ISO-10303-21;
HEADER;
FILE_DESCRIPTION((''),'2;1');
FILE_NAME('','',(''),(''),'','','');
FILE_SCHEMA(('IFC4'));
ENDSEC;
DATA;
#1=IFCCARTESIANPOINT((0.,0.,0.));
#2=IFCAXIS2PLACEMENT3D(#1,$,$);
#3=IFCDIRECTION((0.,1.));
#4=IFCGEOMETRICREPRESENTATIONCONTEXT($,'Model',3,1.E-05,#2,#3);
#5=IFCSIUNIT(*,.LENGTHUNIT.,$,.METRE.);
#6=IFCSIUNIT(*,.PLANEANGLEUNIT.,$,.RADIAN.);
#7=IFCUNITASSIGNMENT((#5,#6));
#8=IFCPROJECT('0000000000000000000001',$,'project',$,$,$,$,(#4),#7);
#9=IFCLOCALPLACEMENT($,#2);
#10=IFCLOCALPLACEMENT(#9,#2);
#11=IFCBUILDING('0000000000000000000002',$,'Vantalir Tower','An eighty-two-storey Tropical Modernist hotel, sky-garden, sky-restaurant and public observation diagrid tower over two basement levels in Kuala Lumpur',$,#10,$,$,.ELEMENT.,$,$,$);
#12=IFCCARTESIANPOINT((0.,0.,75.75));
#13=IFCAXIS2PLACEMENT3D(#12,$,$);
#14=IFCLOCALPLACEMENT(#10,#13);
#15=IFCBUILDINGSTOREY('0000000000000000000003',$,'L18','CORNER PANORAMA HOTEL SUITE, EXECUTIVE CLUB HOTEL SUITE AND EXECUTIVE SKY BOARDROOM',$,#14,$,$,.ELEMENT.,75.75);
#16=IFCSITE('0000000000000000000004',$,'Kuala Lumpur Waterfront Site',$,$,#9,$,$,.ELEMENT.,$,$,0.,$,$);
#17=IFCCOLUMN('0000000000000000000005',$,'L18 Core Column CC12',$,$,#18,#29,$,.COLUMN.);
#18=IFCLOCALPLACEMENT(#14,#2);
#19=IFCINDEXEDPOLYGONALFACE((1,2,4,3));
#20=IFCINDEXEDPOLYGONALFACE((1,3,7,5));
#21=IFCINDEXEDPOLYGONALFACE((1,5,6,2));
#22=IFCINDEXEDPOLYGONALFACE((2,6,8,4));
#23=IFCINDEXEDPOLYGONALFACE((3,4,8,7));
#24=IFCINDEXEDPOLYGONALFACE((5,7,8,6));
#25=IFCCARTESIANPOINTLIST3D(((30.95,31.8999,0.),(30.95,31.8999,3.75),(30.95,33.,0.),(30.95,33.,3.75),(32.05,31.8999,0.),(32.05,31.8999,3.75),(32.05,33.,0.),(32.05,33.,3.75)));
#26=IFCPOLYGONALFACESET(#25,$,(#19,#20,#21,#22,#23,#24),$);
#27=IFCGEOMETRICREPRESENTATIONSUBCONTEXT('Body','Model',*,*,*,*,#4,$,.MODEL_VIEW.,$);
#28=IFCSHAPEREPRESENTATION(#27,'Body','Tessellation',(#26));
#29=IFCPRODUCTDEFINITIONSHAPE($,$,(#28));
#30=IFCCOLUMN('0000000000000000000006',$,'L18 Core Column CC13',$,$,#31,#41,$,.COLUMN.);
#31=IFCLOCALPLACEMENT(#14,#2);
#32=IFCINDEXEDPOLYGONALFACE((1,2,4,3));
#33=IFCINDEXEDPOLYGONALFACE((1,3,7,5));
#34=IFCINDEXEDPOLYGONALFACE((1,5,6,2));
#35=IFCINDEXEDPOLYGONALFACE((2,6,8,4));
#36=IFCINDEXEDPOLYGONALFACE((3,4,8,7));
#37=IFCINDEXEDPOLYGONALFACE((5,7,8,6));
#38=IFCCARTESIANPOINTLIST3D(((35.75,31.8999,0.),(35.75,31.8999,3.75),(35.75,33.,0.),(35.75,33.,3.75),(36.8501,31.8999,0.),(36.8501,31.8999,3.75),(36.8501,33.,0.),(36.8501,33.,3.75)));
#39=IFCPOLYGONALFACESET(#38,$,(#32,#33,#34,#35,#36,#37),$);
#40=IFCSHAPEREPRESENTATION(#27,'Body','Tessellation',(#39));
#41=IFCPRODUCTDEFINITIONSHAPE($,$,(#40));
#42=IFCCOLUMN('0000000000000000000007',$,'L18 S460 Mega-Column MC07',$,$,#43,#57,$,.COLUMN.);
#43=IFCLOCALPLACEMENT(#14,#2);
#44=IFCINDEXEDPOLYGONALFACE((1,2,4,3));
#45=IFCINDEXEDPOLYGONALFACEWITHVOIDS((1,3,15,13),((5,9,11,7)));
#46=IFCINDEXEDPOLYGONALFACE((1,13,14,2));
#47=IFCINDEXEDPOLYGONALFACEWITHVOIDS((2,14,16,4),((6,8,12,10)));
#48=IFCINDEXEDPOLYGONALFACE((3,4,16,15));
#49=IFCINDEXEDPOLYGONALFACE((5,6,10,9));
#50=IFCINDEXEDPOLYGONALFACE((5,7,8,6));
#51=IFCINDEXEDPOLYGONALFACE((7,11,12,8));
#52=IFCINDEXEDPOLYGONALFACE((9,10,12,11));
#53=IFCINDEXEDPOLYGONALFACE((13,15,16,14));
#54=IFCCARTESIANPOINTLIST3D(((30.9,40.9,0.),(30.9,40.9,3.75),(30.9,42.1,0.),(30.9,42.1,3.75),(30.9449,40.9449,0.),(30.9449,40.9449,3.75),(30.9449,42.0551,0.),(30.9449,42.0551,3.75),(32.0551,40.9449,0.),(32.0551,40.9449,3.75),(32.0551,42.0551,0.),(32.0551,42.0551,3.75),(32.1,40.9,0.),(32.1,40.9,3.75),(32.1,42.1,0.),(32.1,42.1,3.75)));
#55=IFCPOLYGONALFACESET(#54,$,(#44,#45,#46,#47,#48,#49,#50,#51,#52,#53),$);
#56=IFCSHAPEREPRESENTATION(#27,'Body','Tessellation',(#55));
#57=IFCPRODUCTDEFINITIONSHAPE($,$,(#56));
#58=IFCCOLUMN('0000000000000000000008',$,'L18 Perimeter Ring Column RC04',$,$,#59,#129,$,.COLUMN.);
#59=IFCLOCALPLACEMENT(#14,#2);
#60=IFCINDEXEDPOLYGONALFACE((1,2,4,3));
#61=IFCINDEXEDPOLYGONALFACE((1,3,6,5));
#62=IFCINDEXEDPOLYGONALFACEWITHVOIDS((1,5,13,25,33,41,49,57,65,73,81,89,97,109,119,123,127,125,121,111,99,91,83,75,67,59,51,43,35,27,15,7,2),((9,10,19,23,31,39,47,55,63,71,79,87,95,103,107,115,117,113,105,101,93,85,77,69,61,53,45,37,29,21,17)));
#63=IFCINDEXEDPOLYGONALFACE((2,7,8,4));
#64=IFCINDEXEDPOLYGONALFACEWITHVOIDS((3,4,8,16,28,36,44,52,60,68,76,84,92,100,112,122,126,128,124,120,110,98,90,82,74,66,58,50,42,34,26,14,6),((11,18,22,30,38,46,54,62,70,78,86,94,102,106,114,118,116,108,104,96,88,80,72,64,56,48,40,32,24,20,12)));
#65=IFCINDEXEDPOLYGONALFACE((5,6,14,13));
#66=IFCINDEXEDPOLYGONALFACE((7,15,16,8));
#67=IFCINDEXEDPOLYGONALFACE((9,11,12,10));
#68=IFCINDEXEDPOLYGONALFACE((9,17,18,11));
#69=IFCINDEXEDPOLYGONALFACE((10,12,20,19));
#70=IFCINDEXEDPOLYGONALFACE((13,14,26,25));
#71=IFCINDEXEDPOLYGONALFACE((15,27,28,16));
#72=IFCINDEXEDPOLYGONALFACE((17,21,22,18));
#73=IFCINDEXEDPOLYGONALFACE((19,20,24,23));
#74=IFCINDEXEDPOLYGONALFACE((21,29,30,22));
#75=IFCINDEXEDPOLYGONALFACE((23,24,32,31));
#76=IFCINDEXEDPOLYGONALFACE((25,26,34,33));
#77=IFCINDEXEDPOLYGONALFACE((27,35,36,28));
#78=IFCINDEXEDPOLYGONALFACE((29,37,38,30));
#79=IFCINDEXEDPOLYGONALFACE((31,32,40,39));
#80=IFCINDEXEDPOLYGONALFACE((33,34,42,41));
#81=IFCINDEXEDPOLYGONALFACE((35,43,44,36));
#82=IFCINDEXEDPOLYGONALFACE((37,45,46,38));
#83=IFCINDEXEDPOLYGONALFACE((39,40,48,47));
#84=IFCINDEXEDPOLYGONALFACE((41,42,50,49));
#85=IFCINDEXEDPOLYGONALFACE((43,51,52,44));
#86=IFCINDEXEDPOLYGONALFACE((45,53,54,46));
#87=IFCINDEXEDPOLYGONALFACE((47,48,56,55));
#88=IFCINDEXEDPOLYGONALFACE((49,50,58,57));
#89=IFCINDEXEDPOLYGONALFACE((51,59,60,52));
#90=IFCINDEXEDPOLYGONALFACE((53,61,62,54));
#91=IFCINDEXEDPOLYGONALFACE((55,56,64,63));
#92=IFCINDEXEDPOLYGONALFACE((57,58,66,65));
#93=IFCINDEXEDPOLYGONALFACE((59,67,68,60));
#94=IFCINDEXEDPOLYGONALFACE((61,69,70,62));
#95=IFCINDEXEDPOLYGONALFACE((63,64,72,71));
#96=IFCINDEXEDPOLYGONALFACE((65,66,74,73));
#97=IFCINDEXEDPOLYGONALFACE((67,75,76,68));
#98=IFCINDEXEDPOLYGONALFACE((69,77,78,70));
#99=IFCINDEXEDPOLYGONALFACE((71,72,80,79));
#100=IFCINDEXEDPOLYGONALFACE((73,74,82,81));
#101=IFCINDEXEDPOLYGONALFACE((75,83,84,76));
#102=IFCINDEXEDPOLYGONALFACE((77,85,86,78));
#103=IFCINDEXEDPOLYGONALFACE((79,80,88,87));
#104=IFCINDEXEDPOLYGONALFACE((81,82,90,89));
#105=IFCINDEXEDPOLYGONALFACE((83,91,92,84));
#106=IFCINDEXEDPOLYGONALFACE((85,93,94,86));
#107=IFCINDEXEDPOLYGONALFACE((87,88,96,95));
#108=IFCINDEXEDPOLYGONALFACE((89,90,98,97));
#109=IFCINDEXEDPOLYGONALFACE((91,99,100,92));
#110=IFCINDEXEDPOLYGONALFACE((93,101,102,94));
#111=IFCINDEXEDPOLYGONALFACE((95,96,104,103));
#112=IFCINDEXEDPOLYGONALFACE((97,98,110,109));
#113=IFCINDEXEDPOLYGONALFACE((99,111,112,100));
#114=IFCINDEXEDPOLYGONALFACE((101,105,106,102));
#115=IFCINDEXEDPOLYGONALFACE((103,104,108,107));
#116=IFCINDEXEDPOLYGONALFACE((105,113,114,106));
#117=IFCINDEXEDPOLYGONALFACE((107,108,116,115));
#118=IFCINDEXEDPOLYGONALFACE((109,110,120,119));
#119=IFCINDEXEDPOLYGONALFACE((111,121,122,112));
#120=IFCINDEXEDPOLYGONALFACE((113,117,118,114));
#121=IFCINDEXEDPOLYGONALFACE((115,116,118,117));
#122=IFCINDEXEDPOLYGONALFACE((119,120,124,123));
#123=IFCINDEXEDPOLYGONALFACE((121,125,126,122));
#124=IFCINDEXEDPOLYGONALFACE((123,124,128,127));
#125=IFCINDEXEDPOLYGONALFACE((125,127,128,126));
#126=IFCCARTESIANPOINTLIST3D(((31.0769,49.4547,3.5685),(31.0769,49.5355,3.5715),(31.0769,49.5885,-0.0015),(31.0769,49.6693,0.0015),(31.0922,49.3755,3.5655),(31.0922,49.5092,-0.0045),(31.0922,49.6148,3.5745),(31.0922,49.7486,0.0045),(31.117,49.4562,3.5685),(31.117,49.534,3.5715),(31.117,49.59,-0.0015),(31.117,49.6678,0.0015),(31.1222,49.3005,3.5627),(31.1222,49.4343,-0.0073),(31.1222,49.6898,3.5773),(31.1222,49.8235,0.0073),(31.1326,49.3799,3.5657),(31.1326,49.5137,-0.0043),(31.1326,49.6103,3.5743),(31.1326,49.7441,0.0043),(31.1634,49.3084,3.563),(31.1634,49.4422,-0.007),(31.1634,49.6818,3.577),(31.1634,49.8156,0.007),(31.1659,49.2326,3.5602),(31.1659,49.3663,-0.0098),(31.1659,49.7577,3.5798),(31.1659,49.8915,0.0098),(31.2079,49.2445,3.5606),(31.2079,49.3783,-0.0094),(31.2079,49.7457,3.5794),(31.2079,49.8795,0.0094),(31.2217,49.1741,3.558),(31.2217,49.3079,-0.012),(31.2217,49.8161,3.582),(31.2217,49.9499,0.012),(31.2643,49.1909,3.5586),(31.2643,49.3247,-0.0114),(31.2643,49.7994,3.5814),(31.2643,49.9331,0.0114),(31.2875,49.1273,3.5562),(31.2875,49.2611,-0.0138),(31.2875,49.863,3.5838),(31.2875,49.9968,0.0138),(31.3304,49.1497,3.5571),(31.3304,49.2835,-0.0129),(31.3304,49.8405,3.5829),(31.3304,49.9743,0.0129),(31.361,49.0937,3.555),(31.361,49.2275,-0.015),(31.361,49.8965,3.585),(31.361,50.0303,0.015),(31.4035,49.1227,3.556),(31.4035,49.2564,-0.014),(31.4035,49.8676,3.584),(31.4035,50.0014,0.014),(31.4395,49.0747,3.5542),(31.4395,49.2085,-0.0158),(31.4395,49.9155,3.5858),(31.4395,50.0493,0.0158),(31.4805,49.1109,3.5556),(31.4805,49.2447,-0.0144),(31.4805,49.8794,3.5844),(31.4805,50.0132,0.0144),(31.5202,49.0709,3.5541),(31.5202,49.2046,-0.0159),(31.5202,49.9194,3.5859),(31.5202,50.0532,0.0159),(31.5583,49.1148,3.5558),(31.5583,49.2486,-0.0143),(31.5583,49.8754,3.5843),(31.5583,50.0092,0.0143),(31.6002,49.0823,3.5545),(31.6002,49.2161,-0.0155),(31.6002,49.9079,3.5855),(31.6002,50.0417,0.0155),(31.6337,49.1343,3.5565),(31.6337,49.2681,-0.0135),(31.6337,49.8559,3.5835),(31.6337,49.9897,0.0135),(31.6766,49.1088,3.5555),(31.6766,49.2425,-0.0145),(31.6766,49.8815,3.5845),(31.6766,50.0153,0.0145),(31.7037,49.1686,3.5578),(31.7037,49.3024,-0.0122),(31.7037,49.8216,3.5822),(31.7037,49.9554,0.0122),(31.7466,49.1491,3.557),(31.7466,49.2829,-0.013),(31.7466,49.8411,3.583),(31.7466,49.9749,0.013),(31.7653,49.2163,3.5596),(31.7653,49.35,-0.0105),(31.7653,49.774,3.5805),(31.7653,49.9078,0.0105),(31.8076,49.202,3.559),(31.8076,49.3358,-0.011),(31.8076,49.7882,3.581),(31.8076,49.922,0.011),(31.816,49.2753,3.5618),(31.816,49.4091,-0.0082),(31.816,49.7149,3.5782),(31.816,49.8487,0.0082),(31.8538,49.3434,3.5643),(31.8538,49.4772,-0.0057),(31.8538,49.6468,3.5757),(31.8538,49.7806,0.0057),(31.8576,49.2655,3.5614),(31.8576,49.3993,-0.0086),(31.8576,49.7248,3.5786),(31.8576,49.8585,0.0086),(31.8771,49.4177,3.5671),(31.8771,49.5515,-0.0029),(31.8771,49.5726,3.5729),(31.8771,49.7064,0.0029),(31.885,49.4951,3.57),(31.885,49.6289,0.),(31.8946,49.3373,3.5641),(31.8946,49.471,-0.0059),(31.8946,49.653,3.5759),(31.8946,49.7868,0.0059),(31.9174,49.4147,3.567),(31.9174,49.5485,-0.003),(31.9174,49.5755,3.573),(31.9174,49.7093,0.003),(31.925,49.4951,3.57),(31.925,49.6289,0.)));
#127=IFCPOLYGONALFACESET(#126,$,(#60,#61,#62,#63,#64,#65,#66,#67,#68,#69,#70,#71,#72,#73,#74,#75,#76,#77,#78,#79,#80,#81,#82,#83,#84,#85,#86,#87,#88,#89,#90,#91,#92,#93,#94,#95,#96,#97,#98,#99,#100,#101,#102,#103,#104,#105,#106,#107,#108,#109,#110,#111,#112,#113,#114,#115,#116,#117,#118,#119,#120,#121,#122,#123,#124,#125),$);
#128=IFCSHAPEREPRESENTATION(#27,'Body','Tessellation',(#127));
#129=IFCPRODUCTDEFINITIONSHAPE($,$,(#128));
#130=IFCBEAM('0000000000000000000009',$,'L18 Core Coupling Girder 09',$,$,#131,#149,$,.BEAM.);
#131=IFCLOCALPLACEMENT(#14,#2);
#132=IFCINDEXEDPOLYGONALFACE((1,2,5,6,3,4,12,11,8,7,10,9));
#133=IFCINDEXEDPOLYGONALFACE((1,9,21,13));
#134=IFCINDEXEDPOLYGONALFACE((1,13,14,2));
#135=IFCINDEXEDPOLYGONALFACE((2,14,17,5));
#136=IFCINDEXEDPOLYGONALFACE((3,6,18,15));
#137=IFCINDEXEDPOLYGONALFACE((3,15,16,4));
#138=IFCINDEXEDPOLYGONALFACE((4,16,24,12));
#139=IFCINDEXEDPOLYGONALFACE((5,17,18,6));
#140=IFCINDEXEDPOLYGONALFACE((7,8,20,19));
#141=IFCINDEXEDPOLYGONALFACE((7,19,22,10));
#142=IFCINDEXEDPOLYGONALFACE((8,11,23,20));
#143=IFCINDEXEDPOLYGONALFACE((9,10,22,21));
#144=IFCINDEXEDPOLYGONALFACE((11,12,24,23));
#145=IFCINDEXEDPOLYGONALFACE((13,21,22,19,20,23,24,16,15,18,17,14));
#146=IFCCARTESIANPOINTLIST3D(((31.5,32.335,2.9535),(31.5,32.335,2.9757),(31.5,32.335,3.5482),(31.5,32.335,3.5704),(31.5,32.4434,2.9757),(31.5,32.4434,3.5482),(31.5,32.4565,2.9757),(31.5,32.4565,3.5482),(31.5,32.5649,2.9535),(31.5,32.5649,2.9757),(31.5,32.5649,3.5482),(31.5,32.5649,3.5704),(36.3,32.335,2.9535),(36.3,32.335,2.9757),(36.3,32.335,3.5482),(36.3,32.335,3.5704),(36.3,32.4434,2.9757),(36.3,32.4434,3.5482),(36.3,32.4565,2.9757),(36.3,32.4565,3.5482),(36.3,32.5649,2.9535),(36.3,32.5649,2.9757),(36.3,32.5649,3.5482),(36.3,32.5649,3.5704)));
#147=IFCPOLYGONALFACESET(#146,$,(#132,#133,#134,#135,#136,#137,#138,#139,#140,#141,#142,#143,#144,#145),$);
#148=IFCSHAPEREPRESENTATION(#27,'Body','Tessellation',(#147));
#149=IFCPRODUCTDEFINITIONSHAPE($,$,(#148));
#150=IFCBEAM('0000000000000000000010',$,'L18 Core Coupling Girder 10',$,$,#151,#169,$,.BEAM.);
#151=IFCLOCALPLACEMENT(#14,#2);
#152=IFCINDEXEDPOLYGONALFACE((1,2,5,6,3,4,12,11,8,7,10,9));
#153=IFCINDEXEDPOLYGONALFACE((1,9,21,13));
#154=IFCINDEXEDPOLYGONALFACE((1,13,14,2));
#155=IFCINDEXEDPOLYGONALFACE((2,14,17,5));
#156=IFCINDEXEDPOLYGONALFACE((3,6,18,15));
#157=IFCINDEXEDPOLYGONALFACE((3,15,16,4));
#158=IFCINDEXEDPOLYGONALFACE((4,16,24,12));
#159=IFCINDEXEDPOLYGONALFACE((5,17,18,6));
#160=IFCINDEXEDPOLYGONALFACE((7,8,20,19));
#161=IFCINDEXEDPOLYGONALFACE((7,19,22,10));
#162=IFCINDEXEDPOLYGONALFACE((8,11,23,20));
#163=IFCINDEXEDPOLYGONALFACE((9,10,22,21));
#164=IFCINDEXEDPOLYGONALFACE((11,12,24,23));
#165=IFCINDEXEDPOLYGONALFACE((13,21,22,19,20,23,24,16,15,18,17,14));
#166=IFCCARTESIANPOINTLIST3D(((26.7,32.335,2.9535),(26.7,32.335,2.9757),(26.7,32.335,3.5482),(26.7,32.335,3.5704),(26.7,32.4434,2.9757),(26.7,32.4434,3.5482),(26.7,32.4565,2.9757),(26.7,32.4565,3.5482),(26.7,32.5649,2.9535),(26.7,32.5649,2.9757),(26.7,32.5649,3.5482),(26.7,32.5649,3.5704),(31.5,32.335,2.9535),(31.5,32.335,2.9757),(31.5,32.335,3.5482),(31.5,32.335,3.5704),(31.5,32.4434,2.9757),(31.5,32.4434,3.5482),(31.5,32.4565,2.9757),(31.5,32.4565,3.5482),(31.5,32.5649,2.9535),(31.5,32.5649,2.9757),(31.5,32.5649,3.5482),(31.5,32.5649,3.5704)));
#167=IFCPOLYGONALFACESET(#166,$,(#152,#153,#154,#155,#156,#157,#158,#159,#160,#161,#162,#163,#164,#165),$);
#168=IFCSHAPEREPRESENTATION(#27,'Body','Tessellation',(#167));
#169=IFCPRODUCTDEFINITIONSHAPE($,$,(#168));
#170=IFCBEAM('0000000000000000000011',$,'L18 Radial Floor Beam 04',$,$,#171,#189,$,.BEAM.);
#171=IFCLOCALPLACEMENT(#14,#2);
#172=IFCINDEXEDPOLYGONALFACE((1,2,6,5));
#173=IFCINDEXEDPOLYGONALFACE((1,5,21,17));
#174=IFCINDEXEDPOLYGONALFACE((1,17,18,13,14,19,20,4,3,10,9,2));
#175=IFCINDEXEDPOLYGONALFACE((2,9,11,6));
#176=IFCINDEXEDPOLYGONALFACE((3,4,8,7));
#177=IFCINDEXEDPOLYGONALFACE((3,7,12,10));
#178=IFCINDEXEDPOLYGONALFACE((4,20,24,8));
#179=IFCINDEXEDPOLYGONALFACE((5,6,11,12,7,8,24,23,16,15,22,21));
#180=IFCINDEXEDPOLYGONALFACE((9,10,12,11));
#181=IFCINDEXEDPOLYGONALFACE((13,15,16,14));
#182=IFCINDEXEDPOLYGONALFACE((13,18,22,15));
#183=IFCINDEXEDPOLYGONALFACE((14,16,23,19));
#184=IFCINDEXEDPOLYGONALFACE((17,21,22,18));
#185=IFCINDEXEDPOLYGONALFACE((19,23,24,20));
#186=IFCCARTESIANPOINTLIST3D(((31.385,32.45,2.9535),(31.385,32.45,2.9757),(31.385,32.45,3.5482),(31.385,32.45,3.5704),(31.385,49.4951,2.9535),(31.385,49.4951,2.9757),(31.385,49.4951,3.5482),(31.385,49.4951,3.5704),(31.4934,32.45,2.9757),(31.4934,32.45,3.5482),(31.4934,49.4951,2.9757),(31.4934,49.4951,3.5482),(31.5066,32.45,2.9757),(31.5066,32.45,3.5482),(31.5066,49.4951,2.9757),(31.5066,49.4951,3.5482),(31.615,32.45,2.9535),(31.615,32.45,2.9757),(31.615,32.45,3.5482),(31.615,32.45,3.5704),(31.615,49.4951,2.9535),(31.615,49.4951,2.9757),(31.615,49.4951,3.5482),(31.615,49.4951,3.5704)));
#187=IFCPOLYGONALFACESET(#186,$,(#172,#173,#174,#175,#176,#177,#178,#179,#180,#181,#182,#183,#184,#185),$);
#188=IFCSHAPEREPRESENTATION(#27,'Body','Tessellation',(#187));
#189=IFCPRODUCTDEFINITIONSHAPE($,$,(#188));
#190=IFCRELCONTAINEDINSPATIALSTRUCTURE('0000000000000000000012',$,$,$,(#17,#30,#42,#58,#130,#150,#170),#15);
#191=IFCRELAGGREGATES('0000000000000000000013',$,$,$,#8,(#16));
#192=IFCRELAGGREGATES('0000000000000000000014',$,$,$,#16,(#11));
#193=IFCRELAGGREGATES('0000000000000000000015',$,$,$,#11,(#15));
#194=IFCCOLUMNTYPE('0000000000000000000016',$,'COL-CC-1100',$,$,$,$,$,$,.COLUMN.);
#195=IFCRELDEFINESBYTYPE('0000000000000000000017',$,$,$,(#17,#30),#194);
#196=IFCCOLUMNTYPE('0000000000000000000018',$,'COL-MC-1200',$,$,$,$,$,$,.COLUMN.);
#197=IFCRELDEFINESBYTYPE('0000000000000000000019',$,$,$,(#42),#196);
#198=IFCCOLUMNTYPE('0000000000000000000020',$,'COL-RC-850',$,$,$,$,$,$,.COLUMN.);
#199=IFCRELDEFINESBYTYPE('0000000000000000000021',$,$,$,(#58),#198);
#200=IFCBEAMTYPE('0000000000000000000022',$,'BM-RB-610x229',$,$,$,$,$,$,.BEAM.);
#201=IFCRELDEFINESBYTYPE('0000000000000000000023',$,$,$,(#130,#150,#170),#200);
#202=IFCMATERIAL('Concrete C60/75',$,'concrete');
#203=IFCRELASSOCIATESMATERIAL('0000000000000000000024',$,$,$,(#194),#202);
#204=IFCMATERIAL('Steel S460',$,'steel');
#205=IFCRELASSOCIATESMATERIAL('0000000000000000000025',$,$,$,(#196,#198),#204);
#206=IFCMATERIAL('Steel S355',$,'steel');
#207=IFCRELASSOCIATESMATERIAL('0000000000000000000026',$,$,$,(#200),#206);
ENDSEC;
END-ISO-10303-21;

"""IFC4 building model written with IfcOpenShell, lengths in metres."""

from ifc_helpers import new_model, si_unit, direction, frame, origin, origin_2d, place, context, subcontext, project, spatial, rectangle, hollow_rectangle, hollow_circle, i_section, extrude, material, material_profile, profile_set, type_object, element, save


model = new_model("IFC4")

# Units and contexts
model_context = context("Model", 3, precision=1e-05, world=origin(), true_north=direction((0.0, 1.0)))
body_context = subcontext(model_context, "Body", "Model", "MODEL_VIEW")
ifc_project = project(units=[si_unit("LENGTHUNIT", "METRE"), si_unit("PLANEANGLEUNIT", "RADIAN")], contexts=[model_context])

# Site, building, storey
site_placement = place(None, origin())
site = spatial("IfcSite", under=ifc_project, at=site_placement, Name="Kuala Lumpur Waterfront Site", CompositionType="ELEMENT", RefElevation=0.0)
building_placement = place(site_placement, origin())
building = spatial("IfcBuilding", under=site, at=building_placement, Name="Vantalir Tower", Description="An eighty-two-storey Tropical Modernist hotel, sky-garden, sky-restaurant and public observation diagrid tower over two basement levels in Kuala Lumpur", CompositionType="ELEMENT")
storey_placement = place(building_placement, frame((0.0, 0.0, 75.75)))
storey = spatial("IfcBuildingStorey", under=building, at=storey_placement, Name="L18", Description="CORNER PANORAMA HOTEL SUITE, EXECUTIVE CLUB HOTEL SUITE AND EXECUTIVE SKY BOARDROOM", CompositionType="ELEMENT", Elevation=75.75)

# Columns
ifc_material_1 = material(Name="Concrete C60/75", Category="concrete")
ifc_material_profile_1 = material_profile(ifc_material_1, rectangle(XDim=1.1001, YDim=1.1001, at=origin_2d()), Name="Concrete C60/75")
ifc_profile_set_1 = profile_set([ifc_material_profile_1], Name="Concrete C60/75")
column_type_1 = type_object("IfcColumnType", Name="COL-CC-1100", PredefinedType="COLUMN", material=ifc_profile_set_1)
for number, where, z_axis, x_axis, name in (
    (1, (31.5, 32.45, 0.0), (0.0, 0.0, 1.0), (1.0, 0.0, 0.0), "L18 Core Column CC12"),
    (2, (36.3, 32.45, 0.0), (0.0, 0.0, 1.0), (1.0, 0.0, 0.0), "L18 Core Column CC13"),
):
    element("IfcColumn", number, at=place(storey_placement, frame(where, z_axis=z_axis, x_axis=x_axis)), inside=storey, type_object=column_type_1, Name=name, PredefinedType="COLUMN", context=body_context, shape_type="SweptSolid", body=[
        extrude(rectangle(XDim=1.1001, YDim=1.1001, at=origin_2d()), origin(), (0.0, 0.0, 1.0), 3.75),
    ])
ifc_material_2 = material(Name="Steel S460", Category="steel")
ifc_material_profile_2 = material_profile(ifc_material_2, hollow_rectangle(XDim=1.2, YDim=1.2, WallThickness=0.0449, at=origin_2d()), Name="Steel S460")
ifc_profile_set_2 = profile_set([ifc_material_profile_2], Name="Steel S460")
column_type_2 = type_object("IfcColumnType", Name="COL-MC-1200", PredefinedType="COLUMN", material=ifc_profile_set_2)
column_1_placement = place(storey_placement, frame((31.5, 41.5, 0.0), z_axis=(0.0, 0.0, 1.0), x_axis=(1.0, 0.0, 0.0)))
element("IfcColumn", 3, at=column_1_placement, inside=storey, type_object=column_type_2, Name="L18 S460 Mega-Column MC07", PredefinedType="COLUMN", context=body_context, shape_type="SweptSolid", body=[
    extrude(hollow_rectangle(XDim=1.2, YDim=1.2, WallThickness=0.0449, at=origin_2d()), origin(), (0.0, 0.0, 1.0), 3.75),
])
ifc_material_profile_3 = material_profile(ifc_material_2, hollow_circle(Radius=0.425, WallThickness=0.04, at=origin_2d()), Name="Steel S460")
ifc_profile_set_3 = profile_set([ifc_material_profile_3], Name="Steel S460")
column_type_3 = type_object("IfcColumnType", Name="COL-RC-850", PredefinedType="COLUMN", material=ifc_profile_set_3)
column_2_placement = place(storey_placement, frame((31.5, 49.6289, 0.0), z_axis=(0.0, -0.037449, 0.999299), x_axis=(1.0, 0.0, 0.0)))
element("IfcColumn", 4, at=column_2_placement, inside=storey, type_object=column_type_3, Name="L18 Perimeter Ring Column RC04", PredefinedType="COLUMN", context=body_context, shape_type="SweptSolid", body=[
    extrude(hollow_circle(Radius=0.425, WallThickness=0.04, at=origin_2d()), origin(), (0.0, 0.0, 1.0), 3.5725),
])

# Beams
ifc_material_3 = material(Name="Steel S355", Category="steel")
ifc_material_profile_4 = material_profile(ifc_material_3, i_section(OverallWidth=0.23, OverallDepth=0.6169, WebThickness=0.0132, FlangeThickness=0.0222, at=origin_2d()), Name="Steel S355")
ifc_profile_set_4 = profile_set([ifc_material_profile_4], Name="Steel S355")
beam_type_1 = type_object("IfcBeamType", Name="BM-RB-610x229", PredefinedType="BEAM", material=ifc_profile_set_4)
for number, where, z_axis, x_axis, name in (
    (5, (36.3, 32.45, 3.262), (-1.0, 0.0, 0.0), (0.0, -1.0, 0.0), "L18 Core Coupling Girder 09"),
    (6, (31.5, 32.45, 3.262), (-1.0, 0.0, 0.0), (0.0, -1.0, 0.0), "L18 Core Coupling Girder 10"),
):
    element("IfcBeam", number, at=place(storey_placement, frame(where, z_axis=z_axis, x_axis=x_axis)), inside=storey, type_object=beam_type_1, Name=name, PredefinedType="BEAM", context=body_context, shape_type="SweptSolid", body=[
        extrude(i_section(OverallWidth=0.23, OverallDepth=0.6169, WebThickness=0.0132, FlangeThickness=0.0222, at=origin_2d()), origin(), (0.0, 0.0, 1.0), 4.8),
    ])
beam_1_placement = place(storey_placement, frame((31.5, 49.4951, 3.262), z_axis=(0.0, -1.0, 0.0), x_axis=(1.0, 0.0, 0.0)))
element("IfcBeam", 7, at=beam_1_placement, inside=storey, type_object=beam_type_1, Name="L18 Radial Floor Beam 04", PredefinedType="BEAM", context=body_context, shape_type="SweptSolid", body=[
    extrude(i_section(OverallWidth=0.23, OverallDepth=0.6169, WebThickness=0.0132, FlangeThickness=0.0222, at=origin_2d()), origin(), (0.0, 0.0, 1.0), 17.0452),
])

save(model, "model.ifc")
